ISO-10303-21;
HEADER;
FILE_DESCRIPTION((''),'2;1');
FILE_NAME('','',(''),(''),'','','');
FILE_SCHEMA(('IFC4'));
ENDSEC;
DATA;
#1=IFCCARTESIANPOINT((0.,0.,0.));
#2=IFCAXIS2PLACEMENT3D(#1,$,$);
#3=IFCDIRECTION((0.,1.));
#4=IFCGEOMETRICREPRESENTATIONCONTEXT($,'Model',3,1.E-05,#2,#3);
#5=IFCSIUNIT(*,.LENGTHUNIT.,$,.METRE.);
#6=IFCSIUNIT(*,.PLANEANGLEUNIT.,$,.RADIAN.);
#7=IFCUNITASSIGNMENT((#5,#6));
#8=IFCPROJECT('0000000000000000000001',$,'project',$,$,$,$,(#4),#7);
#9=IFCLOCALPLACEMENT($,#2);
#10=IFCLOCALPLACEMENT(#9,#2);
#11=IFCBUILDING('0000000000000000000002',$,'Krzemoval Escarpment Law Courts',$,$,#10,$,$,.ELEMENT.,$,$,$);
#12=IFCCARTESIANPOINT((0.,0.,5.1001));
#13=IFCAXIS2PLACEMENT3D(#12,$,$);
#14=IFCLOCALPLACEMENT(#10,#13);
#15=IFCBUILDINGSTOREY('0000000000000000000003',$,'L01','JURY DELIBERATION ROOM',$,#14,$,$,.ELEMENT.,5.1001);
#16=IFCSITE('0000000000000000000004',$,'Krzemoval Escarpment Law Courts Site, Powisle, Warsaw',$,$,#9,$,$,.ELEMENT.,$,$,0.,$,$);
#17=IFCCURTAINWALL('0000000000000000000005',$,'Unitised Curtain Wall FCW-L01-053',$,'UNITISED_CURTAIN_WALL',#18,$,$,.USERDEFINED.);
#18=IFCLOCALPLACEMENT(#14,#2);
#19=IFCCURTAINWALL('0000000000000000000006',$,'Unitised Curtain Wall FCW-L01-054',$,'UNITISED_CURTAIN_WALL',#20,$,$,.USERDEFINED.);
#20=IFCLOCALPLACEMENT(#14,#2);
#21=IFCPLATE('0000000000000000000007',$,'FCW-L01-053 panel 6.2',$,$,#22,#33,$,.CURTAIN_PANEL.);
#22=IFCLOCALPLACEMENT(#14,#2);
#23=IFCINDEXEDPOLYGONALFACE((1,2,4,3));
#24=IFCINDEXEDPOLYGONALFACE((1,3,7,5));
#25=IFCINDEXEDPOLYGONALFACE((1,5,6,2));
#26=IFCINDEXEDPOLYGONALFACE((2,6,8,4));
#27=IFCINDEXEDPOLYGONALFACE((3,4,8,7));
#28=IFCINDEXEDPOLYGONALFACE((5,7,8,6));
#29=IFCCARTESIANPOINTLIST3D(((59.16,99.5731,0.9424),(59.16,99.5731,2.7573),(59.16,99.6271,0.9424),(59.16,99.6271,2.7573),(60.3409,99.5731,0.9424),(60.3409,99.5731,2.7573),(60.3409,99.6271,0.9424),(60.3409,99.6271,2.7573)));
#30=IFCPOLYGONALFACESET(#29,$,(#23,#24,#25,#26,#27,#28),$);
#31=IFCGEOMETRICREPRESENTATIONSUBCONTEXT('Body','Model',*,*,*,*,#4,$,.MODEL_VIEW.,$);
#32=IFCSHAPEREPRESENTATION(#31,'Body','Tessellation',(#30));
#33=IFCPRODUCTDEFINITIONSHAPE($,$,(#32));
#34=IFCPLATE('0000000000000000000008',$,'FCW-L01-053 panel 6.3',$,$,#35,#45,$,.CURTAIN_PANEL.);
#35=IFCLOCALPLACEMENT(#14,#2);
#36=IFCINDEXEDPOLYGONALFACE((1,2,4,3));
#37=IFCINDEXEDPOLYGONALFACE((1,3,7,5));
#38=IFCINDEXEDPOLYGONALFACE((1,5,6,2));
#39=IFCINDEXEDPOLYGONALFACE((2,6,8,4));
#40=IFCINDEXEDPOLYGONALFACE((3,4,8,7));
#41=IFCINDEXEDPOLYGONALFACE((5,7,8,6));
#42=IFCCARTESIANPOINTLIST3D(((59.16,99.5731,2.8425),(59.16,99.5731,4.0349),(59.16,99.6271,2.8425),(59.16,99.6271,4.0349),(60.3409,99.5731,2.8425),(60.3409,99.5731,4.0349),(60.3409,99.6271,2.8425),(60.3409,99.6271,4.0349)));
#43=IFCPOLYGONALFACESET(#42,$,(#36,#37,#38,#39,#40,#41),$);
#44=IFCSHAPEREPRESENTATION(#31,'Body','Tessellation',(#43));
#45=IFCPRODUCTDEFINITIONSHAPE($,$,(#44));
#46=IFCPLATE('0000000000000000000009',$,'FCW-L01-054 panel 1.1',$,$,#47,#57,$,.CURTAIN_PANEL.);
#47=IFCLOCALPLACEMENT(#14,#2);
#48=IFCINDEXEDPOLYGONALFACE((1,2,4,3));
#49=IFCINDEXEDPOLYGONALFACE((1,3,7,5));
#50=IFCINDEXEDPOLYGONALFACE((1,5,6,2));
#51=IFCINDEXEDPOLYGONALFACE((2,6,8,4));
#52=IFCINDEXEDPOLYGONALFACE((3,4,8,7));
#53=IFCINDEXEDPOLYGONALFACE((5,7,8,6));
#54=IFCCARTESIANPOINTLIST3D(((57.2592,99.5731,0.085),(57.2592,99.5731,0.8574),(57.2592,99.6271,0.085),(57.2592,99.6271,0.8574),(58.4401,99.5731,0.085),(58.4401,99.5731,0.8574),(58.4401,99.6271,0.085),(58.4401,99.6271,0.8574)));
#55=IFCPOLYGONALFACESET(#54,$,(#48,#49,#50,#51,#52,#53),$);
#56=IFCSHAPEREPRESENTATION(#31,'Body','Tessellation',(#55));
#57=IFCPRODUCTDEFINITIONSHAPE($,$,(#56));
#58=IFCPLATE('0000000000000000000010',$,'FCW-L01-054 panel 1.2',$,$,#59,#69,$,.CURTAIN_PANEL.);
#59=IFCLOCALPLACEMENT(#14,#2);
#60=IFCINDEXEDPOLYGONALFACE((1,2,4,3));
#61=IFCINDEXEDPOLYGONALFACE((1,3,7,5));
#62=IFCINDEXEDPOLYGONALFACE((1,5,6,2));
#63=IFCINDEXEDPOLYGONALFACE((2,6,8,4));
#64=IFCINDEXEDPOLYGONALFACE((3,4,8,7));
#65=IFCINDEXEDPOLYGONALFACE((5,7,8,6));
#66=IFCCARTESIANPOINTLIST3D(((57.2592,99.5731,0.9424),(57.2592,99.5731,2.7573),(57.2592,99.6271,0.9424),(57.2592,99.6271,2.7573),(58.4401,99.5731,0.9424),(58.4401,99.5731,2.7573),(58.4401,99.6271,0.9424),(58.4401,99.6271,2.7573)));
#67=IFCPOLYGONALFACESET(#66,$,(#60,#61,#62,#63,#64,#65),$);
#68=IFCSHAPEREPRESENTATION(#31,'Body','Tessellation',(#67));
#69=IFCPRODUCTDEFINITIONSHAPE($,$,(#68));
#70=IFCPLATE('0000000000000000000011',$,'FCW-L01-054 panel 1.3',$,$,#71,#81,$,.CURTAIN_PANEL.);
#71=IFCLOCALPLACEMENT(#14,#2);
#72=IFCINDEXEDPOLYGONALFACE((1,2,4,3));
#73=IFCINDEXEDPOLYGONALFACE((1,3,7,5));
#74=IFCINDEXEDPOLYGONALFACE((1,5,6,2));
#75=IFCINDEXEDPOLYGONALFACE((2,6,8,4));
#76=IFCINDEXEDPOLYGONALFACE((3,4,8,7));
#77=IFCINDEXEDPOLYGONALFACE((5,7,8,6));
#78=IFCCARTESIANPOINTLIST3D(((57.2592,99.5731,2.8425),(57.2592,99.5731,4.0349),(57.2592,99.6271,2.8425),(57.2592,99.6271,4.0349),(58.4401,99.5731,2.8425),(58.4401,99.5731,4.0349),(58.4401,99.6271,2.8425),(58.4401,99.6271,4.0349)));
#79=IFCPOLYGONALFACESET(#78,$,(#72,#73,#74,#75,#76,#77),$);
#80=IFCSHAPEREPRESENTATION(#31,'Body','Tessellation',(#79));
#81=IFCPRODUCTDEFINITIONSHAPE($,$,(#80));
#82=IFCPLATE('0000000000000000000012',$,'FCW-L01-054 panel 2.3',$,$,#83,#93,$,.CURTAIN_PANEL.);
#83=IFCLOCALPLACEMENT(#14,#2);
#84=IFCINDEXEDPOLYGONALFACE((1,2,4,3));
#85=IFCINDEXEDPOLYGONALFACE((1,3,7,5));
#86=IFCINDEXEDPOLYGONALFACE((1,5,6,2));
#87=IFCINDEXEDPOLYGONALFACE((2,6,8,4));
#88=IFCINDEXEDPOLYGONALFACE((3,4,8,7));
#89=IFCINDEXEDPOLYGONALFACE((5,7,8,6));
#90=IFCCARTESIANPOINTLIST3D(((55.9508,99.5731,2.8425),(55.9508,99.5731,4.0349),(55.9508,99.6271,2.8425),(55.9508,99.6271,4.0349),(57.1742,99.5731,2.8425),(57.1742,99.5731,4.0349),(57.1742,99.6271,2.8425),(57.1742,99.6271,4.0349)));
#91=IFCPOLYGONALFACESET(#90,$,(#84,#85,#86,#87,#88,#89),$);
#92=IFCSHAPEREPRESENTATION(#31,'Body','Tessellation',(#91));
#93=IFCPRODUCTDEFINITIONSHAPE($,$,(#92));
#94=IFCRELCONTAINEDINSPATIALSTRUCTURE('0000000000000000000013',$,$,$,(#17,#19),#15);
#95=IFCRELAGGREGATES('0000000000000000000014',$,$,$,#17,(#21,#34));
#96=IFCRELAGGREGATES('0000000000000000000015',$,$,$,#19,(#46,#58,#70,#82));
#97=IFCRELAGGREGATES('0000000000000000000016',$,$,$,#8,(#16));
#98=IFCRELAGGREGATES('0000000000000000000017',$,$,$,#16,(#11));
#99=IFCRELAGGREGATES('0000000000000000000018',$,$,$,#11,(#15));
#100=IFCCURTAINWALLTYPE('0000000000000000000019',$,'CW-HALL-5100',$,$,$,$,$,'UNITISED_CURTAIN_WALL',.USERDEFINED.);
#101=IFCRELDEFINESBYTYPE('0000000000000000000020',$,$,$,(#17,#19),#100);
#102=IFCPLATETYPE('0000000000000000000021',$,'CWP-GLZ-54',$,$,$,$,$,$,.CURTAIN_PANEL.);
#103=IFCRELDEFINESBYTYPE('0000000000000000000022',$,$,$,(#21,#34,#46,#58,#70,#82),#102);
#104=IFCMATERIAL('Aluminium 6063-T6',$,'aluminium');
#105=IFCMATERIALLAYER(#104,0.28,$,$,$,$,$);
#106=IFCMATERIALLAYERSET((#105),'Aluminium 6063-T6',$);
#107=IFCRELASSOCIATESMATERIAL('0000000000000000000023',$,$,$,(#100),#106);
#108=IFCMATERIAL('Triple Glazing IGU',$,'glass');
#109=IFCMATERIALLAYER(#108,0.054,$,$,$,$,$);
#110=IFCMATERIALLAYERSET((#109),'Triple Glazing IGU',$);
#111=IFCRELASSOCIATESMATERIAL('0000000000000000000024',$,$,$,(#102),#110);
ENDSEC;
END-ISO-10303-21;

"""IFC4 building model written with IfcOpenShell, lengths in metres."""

from ifc_helpers import new_model, si_unit, direction, frame, origin, origin_2d, place, context, subcontext, project, spatial, rectangle, extrude, material, layer, layer_set, type_object, element, aggregate, save


model = new_model("IFC4")

# Units and contexts
model_context = context("Model", 3, precision=1e-05, world=origin(), true_north=direction((0.0, 1.0)))
body_context = subcontext(model_context, "Body", "Model", "MODEL_VIEW")
ifc_project = project(units=[si_unit("LENGTHUNIT", "METRE"), si_unit("PLANEANGLEUNIT", "RADIAN")], contexts=[model_context])

# Site, building, storey
site_placement = place(None, origin())
site = spatial("IfcSite", under=ifc_project, at=site_placement, Name="Krzemoval Escarpment Law Courts Site, Powisle, Warsaw", CompositionType="ELEMENT", RefElevation=0.0)
building_placement = place(site_placement, origin())
building = spatial("IfcBuilding", under=site, at=building_placement, Name="Krzemoval Escarpment Law Courts", CompositionType="ELEMENT")
storey_placement = place(building_placement, frame((0.0, 0.0, 5.1001)))
storey = spatial("IfcBuildingStorey", under=building, at=storey_placement, Name="L01", Description="JURY DELIBERATION ROOM", CompositionType="ELEMENT", Elevation=5.1001)

# Curtain walls
ifc_material_1 = material(Name="Aluminium 6063-T6", Category="aluminium")
ifc_layer_1 = layer(ifc_material_1, 0.28)
ifc_layer_set_1 = layer_set([ifc_layer_1], Name="Aluminium 6063-T6")
curtain_wall_type = type_object("IfcCurtainWallType", Name="CW-HALL-5100", ElementType="UNITISED_CURTAIN_WALL", PredefinedType="USERDEFINED", material=ifc_layer_set_1)
curtain_wall_1_placement = place(storey_placement, origin())
curtain_wall_1 = element("IfcCurtainWall", 1, at=curtain_wall_1_placement, inside=storey, type_object=curtain_wall_type, Name="Unitised Curtain Wall FCW-L01-053", ObjectType="UNITISED_CURTAIN_WALL", PredefinedType="USERDEFINED")
curtain_wall_2_placement = place(storey_placement, origin())
curtain_wall_2 = element("IfcCurtainWall", 2, at=curtain_wall_2_placement, inside=storey, type_object=curtain_wall_type, Name="Unitised Curtain Wall FCW-L01-054", ObjectType="UNITISED_CURTAIN_WALL", PredefinedType="USERDEFINED")

# Plates
ifc_material_2 = material(Name="Triple Glazing IGU", Category="glass")
ifc_layer_2 = layer(ifc_material_2, 0.054)
ifc_layer_set_2 = layer_set([ifc_layer_2], Name="Triple Glazing IGU")
plate_type = type_object("IfcPlateType", Name="CWP-GLZ-54", PredefinedType="CURTAIN_PANEL", material=ifc_layer_set_2)
plate_1_placement = place(storey_placement, frame((59.7505, 99.6001, 0.9424), z_axis=(0.0, 0.0, 1.0), x_axis=(-1.0, 0.0, 0.0)))
plate_1 = element("IfcPlate", 3, at=plate_1_placement, type_object=plate_type, Name="FCW-L01-053 panel 6.2", PredefinedType="CURTAIN_PANEL", context=body_context, shape_type="SweptSolid", body=[
    extrude(rectangle(XDim=1.1809, YDim=0.054, at=origin_2d()), origin(), (0.0, 0.0, 1.0), 1.8149),
])
plate_2_placement = place(storey_placement, frame((59.7505, 99.6001, 2.8425), z_axis=(0.0, 0.0, 1.0), x_axis=(-1.0, 0.0, 0.0)))
plate_2 = element("IfcPlate", 4, at=plate_2_placement, type_object=plate_type, Name="FCW-L01-053 panel 6.3", PredefinedType="CURTAIN_PANEL", context=body_context, shape_type="SweptSolid", body=[
    extrude(rectangle(XDim=1.1809, YDim=0.054, at=origin_2d()), origin(), (0.0, 0.0, 1.0), 1.1924),
])
aggregate(curtain_wall_1, [plate_1, plate_2])
plate_3_placement = place(storey_placement, frame((57.8496, 99.6001, 0.085), z_axis=(0.0, 0.0, 1.0), x_axis=(-1.0, 0.0, 0.0)))
plate_3 = element("IfcPlate", 5, at=plate_3_placement, type_object=plate_type, Name="FCW-L01-054 panel 1.1", PredefinedType="CURTAIN_PANEL", context=body_context, shape_type="SweptSolid", body=[
    extrude(rectangle(XDim=1.1809, YDim=0.054, at=origin_2d()), origin(), (0.0, 0.0, 1.0), 0.7725),
])
plate_4_placement = place(storey_placement, frame((57.8496, 99.6001, 0.9424), z_axis=(0.0, 0.0, 1.0), x_axis=(-1.0, 0.0, 0.0)))
plate_4 = element("IfcPlate", 6, at=plate_4_placement, type_object=plate_type, Name="FCW-L01-054 panel 1.2", PredefinedType="CURTAIN_PANEL", context=body_context, shape_type="SweptSolid", body=[
    extrude(rectangle(XDim=1.1809, YDim=0.054, at=origin_2d()), origin(), (0.0, 0.0, 1.0), 1.8149),
])
plate_5_placement = place(storey_placement, frame((57.8496, 99.6001, 2.8425), z_axis=(0.0, 0.0, 1.0), x_axis=(-1.0, 0.0, 0.0)))
plate_5 = element("IfcPlate", 7, at=plate_5_placement, type_object=plate_type, Name="FCW-L01-054 panel 1.3", PredefinedType="CURTAIN_PANEL", context=body_context, shape_type="SweptSolid", body=[
    extrude(rectangle(XDim=1.1809, YDim=0.054, at=origin_2d()), origin(), (0.0, 0.0, 1.0), 1.1924),
])
plate_6_placement = place(storey_placement, frame((56.5625, 99.6001, 2.8425), z_axis=(0.0, 0.0, 1.0), x_axis=(-1.0, 0.0, 0.0)))
plate_6 = element("IfcPlate", 8, at=plate_6_placement, type_object=plate_type, Name="FCW-L01-054 panel 2.3", PredefinedType="CURTAIN_PANEL", context=body_context, shape_type="SweptSolid", body=[
    extrude(rectangle(XDim=1.2234, YDim=0.054, at=origin_2d()), origin(), (0.0, 0.0, 1.0), 1.1924),
])
aggregate(curtain_wall_2, [plate_3, plate_4, plate_5, plate_6])

save(model, "model.ifc")
